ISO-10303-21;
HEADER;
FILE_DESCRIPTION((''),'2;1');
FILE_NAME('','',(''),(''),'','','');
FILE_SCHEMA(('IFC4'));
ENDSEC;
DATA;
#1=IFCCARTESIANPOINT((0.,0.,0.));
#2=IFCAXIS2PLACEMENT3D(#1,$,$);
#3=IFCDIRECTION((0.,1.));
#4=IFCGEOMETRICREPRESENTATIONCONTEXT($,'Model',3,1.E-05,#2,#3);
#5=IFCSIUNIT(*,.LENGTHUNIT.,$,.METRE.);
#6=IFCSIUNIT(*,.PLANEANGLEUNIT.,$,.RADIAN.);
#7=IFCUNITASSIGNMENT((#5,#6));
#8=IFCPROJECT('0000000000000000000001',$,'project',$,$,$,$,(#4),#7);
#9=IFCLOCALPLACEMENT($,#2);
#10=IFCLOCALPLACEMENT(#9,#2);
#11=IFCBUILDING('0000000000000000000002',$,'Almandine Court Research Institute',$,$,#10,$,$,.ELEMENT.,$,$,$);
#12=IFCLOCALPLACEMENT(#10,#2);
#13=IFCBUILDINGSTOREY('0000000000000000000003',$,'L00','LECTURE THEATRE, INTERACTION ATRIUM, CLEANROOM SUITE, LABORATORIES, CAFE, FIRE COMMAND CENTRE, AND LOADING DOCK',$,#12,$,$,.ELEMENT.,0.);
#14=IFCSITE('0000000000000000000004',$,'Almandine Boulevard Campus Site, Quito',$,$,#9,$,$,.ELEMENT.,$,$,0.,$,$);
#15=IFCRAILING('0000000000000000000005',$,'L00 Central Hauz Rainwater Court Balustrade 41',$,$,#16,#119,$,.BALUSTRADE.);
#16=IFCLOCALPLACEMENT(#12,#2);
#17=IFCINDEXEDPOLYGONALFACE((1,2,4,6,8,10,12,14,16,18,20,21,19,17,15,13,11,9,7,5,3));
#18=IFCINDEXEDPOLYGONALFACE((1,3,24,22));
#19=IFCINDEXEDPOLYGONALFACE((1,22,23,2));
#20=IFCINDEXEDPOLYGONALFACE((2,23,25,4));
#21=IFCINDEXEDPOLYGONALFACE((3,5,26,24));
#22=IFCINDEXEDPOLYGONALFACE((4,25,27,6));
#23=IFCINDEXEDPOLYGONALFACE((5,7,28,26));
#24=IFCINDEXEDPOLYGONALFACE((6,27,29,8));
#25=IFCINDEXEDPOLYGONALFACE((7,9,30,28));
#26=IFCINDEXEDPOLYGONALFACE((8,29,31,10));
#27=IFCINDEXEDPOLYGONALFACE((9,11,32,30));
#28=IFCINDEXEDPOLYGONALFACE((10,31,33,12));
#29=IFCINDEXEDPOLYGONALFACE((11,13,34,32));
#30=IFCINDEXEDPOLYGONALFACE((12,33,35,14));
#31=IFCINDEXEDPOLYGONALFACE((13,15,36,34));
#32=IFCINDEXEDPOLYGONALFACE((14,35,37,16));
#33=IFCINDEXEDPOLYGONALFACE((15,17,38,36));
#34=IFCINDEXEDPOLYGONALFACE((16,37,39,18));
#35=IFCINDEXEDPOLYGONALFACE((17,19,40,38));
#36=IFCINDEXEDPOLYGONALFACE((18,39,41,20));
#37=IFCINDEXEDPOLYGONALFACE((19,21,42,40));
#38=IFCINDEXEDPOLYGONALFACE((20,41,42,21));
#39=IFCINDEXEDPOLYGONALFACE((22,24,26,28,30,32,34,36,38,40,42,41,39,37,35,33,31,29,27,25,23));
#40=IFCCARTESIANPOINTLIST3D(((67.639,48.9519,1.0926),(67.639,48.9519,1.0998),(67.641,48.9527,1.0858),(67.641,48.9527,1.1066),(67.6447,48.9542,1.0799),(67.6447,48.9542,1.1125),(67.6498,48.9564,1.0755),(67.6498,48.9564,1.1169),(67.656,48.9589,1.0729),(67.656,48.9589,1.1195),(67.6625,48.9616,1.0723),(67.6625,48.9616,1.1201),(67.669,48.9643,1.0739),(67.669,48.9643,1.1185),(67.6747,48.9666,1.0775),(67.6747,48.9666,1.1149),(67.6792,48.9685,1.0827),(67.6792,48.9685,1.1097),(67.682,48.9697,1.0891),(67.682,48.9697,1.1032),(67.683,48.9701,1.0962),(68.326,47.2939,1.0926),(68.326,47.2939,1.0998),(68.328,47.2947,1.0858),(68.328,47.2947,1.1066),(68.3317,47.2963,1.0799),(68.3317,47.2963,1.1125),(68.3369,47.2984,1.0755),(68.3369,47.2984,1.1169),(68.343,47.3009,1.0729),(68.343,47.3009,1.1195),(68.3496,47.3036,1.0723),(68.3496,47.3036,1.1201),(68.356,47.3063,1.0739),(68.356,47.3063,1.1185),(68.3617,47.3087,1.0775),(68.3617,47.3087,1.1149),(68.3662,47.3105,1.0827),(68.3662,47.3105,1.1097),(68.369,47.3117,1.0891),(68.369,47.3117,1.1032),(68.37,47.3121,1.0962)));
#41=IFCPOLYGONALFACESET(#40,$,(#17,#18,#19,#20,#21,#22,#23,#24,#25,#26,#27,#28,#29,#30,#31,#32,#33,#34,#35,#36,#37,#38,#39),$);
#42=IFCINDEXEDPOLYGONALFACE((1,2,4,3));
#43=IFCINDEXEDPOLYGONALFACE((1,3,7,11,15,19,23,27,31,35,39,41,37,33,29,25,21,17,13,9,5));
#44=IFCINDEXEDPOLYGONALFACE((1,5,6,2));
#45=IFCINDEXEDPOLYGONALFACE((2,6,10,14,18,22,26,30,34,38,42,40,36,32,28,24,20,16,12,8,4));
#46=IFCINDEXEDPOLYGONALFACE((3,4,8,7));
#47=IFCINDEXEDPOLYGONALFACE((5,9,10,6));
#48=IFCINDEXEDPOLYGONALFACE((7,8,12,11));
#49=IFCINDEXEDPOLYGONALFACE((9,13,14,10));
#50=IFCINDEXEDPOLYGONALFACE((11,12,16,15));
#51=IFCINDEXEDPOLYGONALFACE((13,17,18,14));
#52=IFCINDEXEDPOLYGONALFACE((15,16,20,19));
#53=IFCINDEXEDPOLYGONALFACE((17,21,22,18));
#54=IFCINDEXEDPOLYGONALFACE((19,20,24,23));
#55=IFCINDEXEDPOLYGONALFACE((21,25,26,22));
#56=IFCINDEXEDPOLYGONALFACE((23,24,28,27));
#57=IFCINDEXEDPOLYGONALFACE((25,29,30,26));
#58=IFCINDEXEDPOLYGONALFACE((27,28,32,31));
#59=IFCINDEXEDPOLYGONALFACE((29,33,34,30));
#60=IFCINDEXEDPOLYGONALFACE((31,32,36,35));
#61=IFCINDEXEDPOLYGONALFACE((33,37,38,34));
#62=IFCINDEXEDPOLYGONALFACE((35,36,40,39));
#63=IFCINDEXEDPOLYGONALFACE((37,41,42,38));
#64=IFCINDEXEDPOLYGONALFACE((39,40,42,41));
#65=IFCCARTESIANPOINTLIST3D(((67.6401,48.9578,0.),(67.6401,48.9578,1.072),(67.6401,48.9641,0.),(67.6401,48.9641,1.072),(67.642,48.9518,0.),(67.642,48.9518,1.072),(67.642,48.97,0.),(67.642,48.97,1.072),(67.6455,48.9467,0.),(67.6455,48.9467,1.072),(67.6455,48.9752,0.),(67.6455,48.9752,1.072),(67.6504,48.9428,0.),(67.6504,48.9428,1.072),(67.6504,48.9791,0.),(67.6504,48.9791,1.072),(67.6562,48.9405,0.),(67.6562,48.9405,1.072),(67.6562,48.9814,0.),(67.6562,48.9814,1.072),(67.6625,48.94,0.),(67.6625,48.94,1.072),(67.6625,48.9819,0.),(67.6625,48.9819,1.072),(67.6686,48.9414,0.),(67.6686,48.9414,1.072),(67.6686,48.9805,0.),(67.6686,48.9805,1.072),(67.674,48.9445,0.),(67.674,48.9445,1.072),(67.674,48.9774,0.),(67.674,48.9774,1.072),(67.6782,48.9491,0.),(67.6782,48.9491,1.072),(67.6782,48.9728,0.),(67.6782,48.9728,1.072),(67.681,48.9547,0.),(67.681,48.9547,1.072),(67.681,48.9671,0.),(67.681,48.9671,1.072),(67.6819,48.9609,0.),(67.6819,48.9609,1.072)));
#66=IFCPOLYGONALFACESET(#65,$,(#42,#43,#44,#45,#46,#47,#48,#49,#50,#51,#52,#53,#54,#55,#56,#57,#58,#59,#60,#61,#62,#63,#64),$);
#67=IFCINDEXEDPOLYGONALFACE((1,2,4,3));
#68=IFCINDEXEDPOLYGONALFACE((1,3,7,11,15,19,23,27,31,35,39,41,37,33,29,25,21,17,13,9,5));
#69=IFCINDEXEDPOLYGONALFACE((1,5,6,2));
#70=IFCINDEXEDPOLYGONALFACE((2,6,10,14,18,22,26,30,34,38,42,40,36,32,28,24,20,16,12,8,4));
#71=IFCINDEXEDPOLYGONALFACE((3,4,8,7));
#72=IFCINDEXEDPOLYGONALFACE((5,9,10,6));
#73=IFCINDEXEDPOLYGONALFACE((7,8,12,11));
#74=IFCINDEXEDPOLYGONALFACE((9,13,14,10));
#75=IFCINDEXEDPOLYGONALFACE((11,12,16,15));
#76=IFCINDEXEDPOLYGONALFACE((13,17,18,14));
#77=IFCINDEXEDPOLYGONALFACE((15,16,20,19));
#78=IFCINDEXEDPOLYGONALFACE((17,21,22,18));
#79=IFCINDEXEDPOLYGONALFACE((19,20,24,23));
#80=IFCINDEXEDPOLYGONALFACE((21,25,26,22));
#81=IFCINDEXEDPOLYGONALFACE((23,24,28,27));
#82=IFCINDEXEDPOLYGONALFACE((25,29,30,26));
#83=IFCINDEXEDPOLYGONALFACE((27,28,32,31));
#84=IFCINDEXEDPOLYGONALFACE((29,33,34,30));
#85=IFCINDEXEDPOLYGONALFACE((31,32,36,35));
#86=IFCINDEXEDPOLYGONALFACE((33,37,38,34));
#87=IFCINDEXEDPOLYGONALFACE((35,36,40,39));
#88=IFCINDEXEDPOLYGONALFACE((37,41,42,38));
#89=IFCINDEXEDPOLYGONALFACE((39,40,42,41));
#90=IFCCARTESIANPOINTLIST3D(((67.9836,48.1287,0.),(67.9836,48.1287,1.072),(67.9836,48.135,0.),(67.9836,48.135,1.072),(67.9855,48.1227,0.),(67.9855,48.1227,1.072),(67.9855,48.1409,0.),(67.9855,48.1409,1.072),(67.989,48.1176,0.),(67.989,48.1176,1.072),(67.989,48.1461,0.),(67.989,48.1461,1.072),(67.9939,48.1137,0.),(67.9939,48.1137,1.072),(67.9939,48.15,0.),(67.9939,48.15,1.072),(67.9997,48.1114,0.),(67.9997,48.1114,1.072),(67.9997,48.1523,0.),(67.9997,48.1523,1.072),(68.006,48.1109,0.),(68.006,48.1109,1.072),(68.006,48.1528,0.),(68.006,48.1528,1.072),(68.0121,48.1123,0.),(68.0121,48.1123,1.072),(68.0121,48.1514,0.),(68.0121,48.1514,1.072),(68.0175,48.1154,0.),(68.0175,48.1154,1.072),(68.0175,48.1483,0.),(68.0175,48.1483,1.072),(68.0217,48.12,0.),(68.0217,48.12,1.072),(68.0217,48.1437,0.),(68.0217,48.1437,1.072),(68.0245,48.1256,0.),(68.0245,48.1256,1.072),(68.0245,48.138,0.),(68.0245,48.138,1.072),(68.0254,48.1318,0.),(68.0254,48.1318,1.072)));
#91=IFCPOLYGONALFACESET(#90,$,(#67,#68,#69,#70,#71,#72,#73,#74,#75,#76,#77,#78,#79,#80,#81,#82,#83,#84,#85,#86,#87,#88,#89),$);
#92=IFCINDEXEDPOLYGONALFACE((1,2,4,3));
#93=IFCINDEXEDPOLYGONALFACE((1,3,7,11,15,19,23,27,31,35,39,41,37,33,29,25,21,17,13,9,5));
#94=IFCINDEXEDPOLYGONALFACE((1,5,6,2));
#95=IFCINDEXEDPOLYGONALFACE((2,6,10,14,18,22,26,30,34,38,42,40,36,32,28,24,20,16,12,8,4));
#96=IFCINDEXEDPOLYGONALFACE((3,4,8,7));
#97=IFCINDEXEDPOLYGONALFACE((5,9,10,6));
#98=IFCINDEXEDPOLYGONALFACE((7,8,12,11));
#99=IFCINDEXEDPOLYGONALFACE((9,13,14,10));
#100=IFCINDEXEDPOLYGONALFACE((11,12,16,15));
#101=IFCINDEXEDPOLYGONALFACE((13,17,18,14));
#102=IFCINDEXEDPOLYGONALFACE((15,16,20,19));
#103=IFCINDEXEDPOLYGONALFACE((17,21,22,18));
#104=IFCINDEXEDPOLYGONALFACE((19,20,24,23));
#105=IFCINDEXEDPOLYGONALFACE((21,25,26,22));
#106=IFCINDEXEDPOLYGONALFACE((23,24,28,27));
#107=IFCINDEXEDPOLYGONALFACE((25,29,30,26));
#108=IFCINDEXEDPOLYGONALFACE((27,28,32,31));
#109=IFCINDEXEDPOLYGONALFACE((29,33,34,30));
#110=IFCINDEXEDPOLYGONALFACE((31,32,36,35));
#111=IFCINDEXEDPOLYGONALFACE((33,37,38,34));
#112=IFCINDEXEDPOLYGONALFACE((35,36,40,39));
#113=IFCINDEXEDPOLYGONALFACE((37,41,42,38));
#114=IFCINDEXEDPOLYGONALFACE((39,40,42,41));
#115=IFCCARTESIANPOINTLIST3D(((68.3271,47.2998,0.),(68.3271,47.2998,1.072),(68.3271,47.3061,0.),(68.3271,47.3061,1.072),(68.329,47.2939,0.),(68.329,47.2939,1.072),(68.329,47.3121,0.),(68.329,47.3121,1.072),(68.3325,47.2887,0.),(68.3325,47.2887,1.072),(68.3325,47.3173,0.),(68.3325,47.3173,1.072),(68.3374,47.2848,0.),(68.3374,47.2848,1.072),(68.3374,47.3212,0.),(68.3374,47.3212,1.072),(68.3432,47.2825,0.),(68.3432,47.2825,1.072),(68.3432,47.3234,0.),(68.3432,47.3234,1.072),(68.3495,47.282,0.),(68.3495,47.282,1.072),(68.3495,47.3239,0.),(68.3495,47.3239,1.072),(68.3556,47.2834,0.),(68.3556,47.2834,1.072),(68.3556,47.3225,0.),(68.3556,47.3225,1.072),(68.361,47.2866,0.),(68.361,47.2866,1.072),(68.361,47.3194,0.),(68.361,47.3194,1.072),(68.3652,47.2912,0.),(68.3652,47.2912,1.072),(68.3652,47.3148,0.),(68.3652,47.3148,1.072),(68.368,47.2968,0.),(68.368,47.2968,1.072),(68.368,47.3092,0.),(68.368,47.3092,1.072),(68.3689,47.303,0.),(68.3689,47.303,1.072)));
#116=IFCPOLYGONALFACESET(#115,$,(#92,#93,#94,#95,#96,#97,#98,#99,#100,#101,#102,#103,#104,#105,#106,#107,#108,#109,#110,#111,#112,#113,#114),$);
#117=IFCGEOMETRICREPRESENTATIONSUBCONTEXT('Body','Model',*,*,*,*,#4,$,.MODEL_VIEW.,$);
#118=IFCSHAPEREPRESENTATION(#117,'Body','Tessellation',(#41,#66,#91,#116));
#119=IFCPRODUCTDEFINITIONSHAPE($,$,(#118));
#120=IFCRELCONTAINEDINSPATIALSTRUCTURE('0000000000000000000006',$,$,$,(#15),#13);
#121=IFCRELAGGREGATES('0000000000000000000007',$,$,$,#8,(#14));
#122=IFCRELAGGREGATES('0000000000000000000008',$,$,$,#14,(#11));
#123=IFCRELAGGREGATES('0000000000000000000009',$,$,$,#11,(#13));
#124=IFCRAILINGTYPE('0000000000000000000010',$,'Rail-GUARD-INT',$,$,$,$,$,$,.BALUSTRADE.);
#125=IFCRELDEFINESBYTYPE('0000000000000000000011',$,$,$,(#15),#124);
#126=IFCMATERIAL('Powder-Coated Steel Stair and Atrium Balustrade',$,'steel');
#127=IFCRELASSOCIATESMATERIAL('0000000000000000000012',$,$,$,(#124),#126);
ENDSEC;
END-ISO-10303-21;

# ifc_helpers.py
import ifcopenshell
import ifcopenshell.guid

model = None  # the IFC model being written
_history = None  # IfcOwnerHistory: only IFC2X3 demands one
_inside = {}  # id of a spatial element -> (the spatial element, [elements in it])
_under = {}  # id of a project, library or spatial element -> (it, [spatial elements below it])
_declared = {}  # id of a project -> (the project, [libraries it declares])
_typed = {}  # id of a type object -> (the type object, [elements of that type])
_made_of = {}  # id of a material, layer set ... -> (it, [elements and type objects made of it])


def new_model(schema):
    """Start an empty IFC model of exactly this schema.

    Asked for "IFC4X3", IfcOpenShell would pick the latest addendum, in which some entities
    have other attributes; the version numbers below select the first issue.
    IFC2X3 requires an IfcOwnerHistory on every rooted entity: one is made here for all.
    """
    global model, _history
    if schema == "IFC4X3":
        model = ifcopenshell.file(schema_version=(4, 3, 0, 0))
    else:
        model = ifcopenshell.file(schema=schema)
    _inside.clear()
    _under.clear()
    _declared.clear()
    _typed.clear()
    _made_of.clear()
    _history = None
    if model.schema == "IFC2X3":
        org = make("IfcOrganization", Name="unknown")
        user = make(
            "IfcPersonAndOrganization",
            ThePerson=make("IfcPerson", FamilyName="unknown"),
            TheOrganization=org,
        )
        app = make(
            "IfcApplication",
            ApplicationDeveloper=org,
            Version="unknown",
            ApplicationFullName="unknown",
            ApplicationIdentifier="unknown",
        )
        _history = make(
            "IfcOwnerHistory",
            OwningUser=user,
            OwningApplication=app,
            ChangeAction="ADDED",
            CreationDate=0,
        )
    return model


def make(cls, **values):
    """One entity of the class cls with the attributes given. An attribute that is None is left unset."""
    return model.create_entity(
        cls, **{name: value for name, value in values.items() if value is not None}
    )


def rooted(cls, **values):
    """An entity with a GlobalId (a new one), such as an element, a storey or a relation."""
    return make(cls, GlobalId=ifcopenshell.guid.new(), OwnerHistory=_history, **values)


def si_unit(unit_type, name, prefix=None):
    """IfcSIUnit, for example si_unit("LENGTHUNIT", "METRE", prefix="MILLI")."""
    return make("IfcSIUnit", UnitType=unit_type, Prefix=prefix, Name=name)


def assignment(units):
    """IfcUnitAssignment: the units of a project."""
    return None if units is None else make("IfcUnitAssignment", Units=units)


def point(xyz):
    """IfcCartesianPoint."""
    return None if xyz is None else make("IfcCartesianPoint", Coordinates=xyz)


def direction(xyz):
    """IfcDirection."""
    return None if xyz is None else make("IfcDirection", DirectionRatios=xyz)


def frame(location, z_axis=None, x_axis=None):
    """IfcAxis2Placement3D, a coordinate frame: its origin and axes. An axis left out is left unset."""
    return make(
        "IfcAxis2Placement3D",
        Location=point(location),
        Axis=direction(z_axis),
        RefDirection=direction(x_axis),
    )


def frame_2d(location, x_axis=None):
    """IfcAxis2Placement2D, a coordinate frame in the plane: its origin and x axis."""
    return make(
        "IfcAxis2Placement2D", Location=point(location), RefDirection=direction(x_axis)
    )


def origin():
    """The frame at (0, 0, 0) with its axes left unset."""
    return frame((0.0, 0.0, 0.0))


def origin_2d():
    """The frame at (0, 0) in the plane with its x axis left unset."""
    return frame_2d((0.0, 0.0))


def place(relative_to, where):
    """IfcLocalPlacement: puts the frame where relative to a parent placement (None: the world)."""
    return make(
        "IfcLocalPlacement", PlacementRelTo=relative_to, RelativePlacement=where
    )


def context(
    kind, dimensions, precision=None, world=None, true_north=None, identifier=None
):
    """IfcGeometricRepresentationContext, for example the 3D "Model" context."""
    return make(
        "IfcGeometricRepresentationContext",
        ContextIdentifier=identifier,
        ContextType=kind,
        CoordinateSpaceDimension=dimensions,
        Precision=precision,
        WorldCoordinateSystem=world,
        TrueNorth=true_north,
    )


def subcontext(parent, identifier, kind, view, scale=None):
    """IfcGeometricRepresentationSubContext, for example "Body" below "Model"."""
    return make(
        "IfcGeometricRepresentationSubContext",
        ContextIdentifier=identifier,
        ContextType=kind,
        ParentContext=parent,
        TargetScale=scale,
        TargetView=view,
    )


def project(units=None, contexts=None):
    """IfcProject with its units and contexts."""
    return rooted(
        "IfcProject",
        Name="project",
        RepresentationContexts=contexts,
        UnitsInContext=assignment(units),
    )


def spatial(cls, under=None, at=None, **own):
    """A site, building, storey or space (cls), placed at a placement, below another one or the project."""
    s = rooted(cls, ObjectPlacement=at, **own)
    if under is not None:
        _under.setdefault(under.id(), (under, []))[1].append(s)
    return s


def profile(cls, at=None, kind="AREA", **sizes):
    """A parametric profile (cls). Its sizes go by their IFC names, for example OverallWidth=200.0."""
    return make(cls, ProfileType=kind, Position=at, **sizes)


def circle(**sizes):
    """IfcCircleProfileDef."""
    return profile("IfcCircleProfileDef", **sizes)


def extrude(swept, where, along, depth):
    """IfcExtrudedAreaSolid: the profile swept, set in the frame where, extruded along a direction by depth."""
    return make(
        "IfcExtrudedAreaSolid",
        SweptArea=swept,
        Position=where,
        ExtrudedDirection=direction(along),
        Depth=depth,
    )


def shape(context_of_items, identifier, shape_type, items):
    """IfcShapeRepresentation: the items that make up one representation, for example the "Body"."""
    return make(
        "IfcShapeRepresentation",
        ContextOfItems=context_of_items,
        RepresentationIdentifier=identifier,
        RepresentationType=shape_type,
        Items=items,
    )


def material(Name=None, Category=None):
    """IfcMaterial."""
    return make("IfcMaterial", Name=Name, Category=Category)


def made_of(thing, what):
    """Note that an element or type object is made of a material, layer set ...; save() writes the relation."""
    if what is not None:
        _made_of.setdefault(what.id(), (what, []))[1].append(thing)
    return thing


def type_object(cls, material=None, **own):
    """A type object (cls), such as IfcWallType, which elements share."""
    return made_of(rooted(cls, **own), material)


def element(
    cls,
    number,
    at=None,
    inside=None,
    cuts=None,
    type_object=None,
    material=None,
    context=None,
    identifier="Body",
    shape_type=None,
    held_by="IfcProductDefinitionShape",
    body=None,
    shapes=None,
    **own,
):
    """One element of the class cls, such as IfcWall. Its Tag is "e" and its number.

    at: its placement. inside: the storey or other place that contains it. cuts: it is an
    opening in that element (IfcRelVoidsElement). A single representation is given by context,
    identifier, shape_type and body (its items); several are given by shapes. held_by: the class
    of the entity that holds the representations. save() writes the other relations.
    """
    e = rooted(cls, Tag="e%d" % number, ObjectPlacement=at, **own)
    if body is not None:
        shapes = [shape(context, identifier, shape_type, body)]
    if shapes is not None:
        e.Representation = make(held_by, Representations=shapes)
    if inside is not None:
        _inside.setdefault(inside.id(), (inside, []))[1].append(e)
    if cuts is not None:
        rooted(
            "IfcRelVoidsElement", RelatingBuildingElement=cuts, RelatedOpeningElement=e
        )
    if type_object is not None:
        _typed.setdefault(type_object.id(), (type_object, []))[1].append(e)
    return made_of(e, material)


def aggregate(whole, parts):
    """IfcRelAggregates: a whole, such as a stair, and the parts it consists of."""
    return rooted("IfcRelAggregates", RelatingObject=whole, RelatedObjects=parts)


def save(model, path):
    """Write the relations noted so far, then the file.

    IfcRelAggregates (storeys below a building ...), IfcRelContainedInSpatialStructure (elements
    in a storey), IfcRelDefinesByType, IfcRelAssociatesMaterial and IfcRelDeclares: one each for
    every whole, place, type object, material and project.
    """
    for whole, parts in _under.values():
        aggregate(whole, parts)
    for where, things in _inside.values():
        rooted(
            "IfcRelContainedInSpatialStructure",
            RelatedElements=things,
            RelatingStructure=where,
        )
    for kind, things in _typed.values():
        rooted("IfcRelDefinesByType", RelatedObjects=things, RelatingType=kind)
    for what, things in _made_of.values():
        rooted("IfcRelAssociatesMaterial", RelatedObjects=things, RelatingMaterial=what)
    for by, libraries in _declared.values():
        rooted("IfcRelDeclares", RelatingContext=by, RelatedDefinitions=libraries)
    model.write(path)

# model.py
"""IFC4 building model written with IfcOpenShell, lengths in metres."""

from ifc_helpers import new_model, si_unit, direction, frame, origin, origin_2d, place, context, subcontext, project, spatial, circle, extrude, material, type_object, element, save


model = new_model("IFC4")

# Units and contexts
model_context = context("Model", 3, precision=1e-05, world=origin(), true_north=direction((0.0, 1.0)))
body_context = subcontext(model_context, "Body", "Model", "MODEL_VIEW")
ifc_project = project(units=[si_unit("LENGTHUNIT", "METRE"), si_unit("PLANEANGLEUNIT", "RADIAN")], contexts=[model_context])

# Site, building, storey
site_placement = place(None, origin())
site = spatial("IfcSite", under=ifc_project, at=site_placement, Name="Almandine Boulevard Campus Site, Quito", CompositionType="ELEMENT", RefElevation=0.0)
building_placement = place(site_placement, origin())
building = spatial("IfcBuilding", under=site, at=building_placement, Name="Almandine Court Research Institute", CompositionType="ELEMENT")
storey_placement = place(building_placement, origin())
storey = spatial("IfcBuildingStorey", under=building, at=storey_placement, Name="L00", Description="LECTURE THEATRE, INTERACTION ATRIUM, CLEANROOM SUITE, LABORATORIES, CAFE, FIRE COMMAND CENTRE, AND LOADING DOCK", CompositionType="ELEMENT", Elevation=0.0)

# Railing
ifc_material_1 = material(Name="Powder-Coated Steel Stair and Atrium Balustrade", Category="steel")
railing_type = type_object("IfcRailingType", Name="Rail-GUARD-INT", PredefinedType="BALUSTRADE", material=ifc_material_1)
railing_1_placement = place(storey_placement, frame((67.6609, 48.9609, 0.0)))
element("IfcRailing", 1, at=railing_1_placement, inside=storey, type_object=railing_type, Name="L00 Central Hauz Rainwater Court Balustrade 41", PredefinedType="BALUSTRADE", context=body_context, shape_type="SweptSolid", body=[
    extrude(circle(Radius=0.0239, at=origin_2d()), frame((0.0, 0.0, 1.0962), z_axis=(0.382808, -0.923828, 0.0), x_axis=(0.923828, 0.382808, 0.0)), (0.0, 0.0, 1.0), 1.7947),
    extrude(circle(Radius=0.021, at=origin_2d()), origin(), (0.0, 0.0, 1.0), 1.072),
    extrude(circle(Radius=0.021, at=origin_2d()), frame((0.3435, -0.8291, 0.0)), (0.0, 0.0, 1.0), 1.072),
    extrude(circle(Radius=0.021, at=origin_2d()), frame((0.687, -1.658, 0.0)), (0.0, 0.0, 1.0), 1.072),
])

save(model, "model.ifc")
